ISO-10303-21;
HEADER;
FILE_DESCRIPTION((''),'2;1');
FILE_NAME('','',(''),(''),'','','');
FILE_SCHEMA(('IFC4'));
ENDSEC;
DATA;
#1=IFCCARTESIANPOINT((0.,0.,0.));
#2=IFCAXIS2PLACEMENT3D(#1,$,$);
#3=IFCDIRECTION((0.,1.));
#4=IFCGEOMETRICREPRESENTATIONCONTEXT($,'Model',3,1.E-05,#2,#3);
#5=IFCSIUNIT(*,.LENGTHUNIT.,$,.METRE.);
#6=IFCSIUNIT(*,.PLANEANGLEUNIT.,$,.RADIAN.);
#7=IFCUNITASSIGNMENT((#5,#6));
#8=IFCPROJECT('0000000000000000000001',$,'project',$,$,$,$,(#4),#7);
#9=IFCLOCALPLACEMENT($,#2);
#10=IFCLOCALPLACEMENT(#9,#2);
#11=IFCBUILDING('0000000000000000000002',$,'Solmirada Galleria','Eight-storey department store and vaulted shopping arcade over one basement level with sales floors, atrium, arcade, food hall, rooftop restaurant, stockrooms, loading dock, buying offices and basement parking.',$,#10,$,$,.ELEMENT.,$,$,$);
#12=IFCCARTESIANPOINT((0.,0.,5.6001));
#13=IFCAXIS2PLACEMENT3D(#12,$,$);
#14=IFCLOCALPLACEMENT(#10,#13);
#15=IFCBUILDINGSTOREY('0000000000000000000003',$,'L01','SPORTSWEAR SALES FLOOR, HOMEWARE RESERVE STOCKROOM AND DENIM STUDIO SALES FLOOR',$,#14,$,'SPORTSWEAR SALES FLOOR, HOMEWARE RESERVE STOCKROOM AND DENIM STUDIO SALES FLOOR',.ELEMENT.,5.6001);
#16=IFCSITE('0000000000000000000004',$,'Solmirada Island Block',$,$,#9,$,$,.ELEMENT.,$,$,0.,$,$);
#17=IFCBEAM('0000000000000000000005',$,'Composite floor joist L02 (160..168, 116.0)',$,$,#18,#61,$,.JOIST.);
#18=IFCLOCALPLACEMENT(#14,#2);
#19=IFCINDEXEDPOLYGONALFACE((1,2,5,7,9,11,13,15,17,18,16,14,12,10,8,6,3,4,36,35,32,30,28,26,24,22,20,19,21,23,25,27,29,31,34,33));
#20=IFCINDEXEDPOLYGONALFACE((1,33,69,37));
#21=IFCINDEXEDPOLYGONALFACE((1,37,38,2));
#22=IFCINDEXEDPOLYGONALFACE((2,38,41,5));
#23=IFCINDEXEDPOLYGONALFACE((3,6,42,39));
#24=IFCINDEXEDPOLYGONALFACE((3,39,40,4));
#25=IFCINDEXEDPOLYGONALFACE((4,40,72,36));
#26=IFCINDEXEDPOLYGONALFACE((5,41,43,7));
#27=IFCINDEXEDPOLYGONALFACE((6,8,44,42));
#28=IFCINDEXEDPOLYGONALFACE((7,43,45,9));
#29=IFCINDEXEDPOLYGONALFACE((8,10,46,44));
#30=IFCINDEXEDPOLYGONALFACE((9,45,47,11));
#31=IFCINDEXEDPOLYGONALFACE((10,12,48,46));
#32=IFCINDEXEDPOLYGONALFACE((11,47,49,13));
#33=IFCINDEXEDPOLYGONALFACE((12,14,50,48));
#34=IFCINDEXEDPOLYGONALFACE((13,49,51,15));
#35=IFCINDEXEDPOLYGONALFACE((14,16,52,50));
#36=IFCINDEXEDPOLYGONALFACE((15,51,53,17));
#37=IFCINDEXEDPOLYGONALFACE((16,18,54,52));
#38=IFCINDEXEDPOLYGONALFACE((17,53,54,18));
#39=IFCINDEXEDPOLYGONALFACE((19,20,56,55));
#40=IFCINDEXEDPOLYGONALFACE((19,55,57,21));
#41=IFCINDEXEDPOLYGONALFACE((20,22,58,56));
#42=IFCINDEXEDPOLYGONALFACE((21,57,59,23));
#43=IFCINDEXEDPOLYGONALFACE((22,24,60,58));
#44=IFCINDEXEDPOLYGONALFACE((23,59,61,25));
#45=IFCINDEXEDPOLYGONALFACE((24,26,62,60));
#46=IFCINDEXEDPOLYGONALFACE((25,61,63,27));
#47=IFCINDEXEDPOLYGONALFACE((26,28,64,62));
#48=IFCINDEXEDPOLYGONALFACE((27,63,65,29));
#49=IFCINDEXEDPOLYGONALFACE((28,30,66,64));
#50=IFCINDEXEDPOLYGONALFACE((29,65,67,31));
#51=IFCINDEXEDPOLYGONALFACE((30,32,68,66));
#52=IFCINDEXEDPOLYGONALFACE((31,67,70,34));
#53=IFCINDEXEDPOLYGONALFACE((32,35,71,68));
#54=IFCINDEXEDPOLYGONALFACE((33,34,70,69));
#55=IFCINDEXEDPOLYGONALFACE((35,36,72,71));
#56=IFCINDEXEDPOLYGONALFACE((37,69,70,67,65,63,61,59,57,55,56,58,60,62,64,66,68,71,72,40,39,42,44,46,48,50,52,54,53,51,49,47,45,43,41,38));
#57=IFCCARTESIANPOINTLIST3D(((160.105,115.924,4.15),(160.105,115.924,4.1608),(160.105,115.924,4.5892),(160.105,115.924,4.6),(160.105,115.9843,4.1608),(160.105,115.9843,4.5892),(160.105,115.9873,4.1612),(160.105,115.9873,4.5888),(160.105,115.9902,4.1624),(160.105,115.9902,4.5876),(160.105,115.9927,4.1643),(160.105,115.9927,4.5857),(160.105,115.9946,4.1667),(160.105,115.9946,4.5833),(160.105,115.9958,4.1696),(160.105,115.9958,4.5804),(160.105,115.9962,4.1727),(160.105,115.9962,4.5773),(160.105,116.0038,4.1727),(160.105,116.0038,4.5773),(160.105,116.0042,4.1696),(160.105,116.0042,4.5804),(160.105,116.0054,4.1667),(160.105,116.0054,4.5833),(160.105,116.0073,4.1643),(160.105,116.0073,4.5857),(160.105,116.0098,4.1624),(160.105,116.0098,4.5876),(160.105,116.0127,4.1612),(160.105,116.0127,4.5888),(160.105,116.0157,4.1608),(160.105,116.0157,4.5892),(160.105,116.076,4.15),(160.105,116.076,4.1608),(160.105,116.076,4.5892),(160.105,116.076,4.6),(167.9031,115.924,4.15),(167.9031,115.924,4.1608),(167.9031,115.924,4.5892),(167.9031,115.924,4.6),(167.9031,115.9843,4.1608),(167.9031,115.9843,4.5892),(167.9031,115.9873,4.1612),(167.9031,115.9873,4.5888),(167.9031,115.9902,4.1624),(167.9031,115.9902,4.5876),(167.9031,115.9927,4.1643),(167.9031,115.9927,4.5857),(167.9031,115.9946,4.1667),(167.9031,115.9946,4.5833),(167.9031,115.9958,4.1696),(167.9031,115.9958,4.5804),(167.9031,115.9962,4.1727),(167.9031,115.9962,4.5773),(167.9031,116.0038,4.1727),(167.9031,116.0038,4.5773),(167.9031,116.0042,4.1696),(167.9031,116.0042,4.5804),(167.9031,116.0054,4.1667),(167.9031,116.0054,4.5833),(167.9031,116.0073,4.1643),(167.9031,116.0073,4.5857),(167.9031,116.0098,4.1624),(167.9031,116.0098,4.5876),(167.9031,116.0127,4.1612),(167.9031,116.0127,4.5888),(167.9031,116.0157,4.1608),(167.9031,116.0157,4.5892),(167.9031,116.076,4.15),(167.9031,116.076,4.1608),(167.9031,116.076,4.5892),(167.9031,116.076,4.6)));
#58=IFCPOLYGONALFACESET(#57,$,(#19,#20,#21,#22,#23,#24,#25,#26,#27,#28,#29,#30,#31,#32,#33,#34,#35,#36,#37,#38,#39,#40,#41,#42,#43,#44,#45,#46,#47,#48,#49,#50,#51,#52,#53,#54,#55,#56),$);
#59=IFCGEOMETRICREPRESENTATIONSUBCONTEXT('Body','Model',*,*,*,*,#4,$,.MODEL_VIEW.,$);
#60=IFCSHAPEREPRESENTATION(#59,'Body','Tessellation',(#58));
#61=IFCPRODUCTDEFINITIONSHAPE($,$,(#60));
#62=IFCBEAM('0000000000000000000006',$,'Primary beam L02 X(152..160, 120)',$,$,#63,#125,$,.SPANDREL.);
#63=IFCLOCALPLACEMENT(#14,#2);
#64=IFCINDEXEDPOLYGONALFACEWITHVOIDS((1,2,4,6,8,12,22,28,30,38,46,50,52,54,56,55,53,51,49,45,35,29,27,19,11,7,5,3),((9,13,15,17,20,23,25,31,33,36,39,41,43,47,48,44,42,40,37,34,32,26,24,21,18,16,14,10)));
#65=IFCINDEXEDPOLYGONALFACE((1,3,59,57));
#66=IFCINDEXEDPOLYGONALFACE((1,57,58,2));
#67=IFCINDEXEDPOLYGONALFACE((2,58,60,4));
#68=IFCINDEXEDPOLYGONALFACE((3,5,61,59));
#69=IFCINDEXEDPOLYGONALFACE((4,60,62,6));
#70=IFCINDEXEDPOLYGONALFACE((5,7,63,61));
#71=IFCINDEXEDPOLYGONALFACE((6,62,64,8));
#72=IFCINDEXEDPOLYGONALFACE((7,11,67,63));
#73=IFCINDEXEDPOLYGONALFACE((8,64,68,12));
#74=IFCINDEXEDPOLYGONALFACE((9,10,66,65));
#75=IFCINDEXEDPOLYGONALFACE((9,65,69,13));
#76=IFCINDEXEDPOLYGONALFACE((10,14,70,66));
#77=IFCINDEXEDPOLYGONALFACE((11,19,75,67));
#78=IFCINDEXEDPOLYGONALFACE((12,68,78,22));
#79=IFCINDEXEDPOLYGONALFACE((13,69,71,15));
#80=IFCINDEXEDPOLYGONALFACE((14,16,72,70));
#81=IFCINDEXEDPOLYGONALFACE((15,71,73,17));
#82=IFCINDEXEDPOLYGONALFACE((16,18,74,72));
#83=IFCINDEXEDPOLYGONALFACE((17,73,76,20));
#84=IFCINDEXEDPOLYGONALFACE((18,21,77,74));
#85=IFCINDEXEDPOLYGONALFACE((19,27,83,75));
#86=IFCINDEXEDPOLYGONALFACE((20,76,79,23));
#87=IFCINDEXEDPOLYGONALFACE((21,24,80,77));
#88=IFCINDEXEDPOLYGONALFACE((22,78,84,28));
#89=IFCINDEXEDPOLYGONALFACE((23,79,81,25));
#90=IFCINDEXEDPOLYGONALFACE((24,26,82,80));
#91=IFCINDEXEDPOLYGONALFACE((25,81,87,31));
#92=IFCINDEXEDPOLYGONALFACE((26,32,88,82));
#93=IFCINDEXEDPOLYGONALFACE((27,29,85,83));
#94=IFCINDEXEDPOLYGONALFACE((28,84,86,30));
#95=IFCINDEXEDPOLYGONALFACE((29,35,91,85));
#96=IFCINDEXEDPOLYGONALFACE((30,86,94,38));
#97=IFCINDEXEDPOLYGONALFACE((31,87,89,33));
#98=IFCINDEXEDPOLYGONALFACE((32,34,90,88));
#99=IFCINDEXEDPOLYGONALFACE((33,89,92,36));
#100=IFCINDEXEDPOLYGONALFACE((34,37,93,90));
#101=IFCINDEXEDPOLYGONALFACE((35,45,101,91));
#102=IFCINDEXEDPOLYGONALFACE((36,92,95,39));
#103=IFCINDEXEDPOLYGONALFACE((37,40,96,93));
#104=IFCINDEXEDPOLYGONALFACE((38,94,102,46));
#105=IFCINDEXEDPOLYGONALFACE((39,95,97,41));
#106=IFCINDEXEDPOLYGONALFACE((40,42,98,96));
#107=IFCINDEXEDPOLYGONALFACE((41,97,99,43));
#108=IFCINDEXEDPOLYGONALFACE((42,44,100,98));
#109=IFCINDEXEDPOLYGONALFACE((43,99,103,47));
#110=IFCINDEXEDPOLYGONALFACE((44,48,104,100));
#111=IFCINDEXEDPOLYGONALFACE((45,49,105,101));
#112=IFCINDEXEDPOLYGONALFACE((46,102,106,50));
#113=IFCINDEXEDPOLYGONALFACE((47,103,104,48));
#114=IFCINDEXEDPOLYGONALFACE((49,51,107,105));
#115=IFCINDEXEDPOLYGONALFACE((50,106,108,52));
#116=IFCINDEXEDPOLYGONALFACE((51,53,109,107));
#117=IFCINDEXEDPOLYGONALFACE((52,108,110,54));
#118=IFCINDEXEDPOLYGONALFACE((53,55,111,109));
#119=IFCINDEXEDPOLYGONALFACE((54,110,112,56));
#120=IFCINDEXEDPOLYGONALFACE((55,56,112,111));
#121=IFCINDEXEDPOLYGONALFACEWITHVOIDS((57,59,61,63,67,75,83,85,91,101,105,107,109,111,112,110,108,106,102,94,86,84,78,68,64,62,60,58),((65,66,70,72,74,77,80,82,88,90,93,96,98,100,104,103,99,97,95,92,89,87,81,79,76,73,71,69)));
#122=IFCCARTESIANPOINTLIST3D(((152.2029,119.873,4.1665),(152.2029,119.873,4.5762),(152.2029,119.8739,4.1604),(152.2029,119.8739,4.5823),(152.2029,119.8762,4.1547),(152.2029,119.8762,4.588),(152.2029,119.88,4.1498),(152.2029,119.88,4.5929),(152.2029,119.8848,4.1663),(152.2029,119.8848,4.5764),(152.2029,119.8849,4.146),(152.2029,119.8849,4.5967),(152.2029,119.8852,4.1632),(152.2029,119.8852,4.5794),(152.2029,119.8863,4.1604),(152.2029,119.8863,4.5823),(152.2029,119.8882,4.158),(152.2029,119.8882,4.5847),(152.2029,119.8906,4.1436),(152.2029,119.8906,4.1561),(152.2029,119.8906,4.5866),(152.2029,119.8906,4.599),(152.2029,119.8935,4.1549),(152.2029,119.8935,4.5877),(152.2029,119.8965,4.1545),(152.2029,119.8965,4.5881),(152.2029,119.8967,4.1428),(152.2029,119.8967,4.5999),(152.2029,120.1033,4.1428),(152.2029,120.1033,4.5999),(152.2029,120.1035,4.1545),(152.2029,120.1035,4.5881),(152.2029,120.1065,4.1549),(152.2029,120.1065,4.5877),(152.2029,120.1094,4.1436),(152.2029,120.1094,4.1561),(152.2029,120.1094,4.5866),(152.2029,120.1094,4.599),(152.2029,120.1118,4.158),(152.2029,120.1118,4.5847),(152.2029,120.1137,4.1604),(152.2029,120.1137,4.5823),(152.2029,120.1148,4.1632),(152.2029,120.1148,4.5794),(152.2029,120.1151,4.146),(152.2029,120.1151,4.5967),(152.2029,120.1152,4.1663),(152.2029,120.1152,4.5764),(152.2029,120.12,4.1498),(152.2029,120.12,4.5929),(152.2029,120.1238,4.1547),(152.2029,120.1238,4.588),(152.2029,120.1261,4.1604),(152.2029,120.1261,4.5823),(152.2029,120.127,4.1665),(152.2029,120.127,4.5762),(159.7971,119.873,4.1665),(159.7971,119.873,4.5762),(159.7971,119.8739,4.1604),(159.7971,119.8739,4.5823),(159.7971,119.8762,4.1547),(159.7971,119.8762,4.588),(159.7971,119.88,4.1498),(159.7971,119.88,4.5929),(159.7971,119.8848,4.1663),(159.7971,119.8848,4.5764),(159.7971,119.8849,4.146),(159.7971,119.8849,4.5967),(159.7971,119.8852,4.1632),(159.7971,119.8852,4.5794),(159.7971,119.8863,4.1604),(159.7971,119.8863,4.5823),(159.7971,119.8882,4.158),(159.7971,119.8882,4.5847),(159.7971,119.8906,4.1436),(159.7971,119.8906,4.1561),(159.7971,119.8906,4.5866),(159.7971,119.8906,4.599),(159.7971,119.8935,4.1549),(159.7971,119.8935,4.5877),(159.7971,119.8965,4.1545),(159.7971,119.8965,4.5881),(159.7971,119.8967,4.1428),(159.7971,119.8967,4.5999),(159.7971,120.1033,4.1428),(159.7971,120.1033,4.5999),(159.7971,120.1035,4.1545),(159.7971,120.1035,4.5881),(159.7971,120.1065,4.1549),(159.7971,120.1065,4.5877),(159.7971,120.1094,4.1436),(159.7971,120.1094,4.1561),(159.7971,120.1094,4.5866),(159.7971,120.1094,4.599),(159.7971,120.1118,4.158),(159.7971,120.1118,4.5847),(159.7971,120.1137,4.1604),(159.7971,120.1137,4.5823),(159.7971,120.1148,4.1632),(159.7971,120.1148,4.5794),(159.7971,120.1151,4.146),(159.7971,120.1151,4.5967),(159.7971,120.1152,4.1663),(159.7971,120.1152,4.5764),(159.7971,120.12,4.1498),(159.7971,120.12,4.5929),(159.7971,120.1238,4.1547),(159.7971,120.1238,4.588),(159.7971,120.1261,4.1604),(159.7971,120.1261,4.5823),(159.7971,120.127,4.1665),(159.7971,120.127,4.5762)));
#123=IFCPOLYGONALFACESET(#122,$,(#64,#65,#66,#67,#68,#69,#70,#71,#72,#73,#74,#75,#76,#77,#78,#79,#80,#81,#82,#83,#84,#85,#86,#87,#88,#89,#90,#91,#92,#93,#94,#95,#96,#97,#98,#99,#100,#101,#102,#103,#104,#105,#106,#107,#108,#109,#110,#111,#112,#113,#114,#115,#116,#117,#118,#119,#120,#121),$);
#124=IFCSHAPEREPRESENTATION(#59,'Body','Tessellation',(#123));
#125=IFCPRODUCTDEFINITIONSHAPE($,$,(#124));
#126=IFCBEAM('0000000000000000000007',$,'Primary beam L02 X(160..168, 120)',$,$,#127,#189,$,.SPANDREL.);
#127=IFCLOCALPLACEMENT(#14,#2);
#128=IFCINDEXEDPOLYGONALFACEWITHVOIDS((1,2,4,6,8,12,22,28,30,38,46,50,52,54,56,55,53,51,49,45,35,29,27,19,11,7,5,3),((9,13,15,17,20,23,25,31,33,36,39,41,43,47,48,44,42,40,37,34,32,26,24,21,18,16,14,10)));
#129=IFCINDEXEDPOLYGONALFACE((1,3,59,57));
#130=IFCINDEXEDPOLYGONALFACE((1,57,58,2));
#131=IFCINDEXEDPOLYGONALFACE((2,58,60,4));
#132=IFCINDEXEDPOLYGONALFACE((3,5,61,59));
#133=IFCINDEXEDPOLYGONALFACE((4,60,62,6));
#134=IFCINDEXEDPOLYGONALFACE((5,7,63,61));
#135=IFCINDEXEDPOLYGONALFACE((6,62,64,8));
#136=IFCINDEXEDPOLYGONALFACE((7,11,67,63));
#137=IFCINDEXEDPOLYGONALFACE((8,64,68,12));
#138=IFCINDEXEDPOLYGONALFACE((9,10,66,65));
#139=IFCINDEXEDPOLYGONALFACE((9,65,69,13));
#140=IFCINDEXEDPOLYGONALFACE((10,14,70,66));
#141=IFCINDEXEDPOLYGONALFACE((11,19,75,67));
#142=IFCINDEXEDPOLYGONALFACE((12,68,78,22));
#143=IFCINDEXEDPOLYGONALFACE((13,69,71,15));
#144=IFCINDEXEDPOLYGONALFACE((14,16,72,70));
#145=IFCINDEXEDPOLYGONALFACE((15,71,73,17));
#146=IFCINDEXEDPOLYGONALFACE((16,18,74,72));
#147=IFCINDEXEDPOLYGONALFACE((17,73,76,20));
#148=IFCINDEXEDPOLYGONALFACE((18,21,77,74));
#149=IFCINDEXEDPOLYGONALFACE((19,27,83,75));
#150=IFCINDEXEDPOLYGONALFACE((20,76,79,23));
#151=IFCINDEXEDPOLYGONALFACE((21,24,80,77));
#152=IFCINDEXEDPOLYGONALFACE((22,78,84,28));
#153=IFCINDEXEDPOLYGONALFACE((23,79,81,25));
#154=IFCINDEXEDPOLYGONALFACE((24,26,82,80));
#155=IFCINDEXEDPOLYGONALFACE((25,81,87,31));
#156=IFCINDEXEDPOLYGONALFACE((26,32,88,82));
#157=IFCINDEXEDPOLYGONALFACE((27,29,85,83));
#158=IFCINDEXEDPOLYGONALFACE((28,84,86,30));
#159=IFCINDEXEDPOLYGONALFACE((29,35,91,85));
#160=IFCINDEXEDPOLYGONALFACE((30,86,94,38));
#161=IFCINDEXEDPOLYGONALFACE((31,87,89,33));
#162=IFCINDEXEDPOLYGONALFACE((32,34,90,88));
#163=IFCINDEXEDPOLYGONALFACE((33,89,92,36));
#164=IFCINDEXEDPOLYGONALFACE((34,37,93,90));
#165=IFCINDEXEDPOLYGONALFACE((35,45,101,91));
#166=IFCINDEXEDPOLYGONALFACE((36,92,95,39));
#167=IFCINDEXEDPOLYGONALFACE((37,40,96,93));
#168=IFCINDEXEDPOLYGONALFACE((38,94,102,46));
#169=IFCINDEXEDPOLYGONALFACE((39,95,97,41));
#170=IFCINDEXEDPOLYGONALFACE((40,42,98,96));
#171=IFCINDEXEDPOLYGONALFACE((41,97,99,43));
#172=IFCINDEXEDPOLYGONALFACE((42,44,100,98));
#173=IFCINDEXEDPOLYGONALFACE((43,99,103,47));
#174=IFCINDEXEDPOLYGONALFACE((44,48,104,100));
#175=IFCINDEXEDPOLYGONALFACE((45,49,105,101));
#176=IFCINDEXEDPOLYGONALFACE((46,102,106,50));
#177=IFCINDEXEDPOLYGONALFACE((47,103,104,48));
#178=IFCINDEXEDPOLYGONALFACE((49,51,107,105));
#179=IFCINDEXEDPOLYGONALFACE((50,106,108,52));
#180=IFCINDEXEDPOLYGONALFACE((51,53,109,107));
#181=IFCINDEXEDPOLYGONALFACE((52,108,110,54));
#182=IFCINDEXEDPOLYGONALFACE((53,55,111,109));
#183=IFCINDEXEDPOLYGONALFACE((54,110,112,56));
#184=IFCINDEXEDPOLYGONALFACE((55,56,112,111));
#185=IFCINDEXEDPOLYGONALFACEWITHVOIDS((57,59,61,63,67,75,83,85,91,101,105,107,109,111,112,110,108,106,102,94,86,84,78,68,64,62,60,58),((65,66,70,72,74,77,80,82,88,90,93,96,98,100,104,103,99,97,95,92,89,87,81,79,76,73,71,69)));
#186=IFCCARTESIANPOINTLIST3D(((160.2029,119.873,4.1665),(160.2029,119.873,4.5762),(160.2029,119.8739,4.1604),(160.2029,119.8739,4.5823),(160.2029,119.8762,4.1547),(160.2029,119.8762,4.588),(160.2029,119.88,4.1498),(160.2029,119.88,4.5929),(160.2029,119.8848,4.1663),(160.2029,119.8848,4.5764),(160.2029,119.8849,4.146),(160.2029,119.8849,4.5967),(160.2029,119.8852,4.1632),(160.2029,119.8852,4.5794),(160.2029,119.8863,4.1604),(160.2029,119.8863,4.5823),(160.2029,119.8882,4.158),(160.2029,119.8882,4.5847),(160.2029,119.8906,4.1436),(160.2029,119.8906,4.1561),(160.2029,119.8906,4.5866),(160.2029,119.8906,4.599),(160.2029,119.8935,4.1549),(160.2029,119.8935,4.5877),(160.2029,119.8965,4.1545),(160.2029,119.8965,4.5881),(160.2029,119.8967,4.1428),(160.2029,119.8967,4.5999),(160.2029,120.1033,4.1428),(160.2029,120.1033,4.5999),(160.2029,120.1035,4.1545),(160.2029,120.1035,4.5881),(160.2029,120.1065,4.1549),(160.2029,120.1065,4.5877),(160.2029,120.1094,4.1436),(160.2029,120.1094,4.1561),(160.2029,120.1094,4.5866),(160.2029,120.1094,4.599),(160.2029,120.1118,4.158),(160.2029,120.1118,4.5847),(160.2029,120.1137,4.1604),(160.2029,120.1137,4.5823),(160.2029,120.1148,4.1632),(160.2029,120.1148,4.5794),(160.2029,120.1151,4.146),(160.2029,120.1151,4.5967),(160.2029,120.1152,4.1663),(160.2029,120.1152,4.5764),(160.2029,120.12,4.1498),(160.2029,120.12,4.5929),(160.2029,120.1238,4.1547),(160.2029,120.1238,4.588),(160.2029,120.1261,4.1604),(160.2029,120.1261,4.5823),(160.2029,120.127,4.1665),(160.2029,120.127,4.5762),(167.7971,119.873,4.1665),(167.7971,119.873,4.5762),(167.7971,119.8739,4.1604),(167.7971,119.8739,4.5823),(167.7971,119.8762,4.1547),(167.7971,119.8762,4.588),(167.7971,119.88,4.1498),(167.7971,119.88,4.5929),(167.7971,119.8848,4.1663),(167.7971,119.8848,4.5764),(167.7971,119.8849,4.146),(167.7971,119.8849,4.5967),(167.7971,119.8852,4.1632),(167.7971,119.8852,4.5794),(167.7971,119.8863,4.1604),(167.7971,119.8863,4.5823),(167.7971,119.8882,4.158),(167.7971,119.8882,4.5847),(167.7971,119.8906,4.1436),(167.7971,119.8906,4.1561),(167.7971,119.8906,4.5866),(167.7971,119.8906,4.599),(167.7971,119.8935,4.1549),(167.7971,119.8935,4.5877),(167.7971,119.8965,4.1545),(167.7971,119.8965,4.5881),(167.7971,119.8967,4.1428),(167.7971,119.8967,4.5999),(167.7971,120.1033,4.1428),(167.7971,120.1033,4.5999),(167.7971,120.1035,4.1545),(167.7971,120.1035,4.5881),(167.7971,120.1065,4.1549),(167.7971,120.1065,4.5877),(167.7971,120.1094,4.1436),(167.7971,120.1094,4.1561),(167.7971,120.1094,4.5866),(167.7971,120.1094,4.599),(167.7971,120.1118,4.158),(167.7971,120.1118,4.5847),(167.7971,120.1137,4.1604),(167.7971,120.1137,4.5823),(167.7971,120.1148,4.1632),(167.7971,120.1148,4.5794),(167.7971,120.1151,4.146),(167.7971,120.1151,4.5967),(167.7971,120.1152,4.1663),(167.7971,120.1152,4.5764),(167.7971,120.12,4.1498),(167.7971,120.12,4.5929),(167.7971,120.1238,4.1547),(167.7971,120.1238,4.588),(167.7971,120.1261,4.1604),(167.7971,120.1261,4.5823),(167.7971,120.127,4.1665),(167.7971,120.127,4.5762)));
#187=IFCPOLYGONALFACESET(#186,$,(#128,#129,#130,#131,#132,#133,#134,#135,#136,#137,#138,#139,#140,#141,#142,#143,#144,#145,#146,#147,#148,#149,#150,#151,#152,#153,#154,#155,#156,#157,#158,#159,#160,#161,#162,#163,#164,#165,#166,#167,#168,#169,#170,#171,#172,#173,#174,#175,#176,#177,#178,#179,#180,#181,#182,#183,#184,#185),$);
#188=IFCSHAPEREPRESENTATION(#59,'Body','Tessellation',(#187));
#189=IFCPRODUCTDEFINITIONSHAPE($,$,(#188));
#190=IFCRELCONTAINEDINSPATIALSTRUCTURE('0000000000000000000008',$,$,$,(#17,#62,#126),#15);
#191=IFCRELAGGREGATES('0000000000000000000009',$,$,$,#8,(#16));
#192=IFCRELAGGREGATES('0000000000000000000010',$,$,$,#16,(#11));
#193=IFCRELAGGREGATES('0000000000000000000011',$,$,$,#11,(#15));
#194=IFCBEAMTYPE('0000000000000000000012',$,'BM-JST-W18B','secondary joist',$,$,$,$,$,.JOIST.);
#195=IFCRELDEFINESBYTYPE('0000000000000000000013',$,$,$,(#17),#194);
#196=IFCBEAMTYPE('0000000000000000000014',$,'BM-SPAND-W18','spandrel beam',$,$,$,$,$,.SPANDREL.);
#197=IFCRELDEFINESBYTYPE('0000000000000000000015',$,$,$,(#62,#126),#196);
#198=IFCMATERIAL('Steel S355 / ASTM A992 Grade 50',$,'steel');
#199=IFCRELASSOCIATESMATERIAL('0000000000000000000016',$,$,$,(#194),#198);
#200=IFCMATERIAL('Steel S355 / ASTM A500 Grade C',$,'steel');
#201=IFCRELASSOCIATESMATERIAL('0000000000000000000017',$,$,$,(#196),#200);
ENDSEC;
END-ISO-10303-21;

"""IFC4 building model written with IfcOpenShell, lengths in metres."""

from ifc_helpers import new_model, si_unit, direction, frame, origin, origin_2d, place, context, subcontext, project, spatial, hollow_rectangle, i_section, extrude, material, material_profile, profile_set, type_object, element, save


model = new_model("IFC4")

# Units and contexts
model_context = context("Model", 3, precision=1e-05, world=origin(), true_north=direction((0.0, 1.0)))
body_context = subcontext(model_context, "Body", "Model", "MODEL_VIEW")
ifc_project = project(units=[si_unit("LENGTHUNIT", "METRE"), si_unit("PLANEANGLEUNIT", "RADIAN")], contexts=[model_context])

# Site, building, storey
site_placement = place(None, origin())
site = spatial("IfcSite", under=ifc_project, at=site_placement, Name="Solmirada Island Block", CompositionType="ELEMENT", RefElevation=0.0)
building_placement = place(site_placement, origin())
building = spatial("IfcBuilding", under=site, at=building_placement, Name="Solmirada Galleria", Description="Eight-storey department store and vaulted shopping arcade over one basement level with sales floors, atrium, arcade, food hall, rooftop restaurant, stockrooms, loading dock, buying offices and basement parking.", CompositionType="ELEMENT")
storey_placement = place(building_placement, frame((0.0, 0.0, 5.6001)))
storey = spatial("IfcBuildingStorey", under=building, at=storey_placement, Name="L01", Description="SPORTSWEAR SALES FLOOR, HOMEWARE RESERVE STOCKROOM AND DENIM STUDIO SALES FLOOR", LongName="SPORTSWEAR SALES FLOOR, HOMEWARE RESERVE STOCKROOM AND DENIM STUDIO SALES FLOOR", CompositionType="ELEMENT", Elevation=5.6001)

# Shared definitions
ifc_material_1 = material(Name="Steel S355 / ASTM A500 Grade C", Category="steel")

# Beams
ifc_material_2 = material(Name="Steel S355 / ASTM A992 Grade 50", Category="steel")
ifc_material_profile_1 = material_profile(ifc_material_2, i_section(OverallWidth=0.1521, OverallDepth=0.45, WebThickness=0.0076, FlangeThickness=0.0107, FilletRadius=0.012, at=origin_2d()), Name="W18X35")
ifc_profile_set_1 = profile_set([ifc_material_profile_1], Name="Steel S355 / ASTM A992 Grade 50")
beam_type_1 = type_object("IfcBeamType", Name="BM-JST-W18B", Description="secondary joist", PredefinedType="JOIST", material=ifc_profile_set_1)
for number, where, z_axis, x_axis, name in (
    (1, (160.105, 116.0, 4.375), (1.0, 0.0, 0.0), (0.0, 1.0, 0.0), "Composite floor joist L02 (160..168, 116.0)"),
):
    element("IfcBeam", number, at=place(storey_placement, frame(where, z_axis=z_axis, x_axis=x_axis)), inside=storey, type_object=beam_type_1, Name=name, PredefinedType="JOIST", context=body_context, shape_type="SweptSolid", body=[
        extrude(i_section(OverallWidth=0.1521, OverallDepth=0.45, WebThickness=0.0076, FlangeThickness=0.0107, FilletRadius=0.012, at=origin_2d()), origin(), (0.0, 0.0, 1.0), 7.7981),
    ])
ifc_material_profile_2 = material_profile(ifc_material_1, hollow_rectangle(XDim=0.2539, YDim=0.457, WallThickness=0.0117, InnerFilletRadius=0.0117, OuterFilletRadius=0.0237, at=origin_2d()), Name="HSS18X10X1/2")
ifc_profile_set_2 = profile_set([ifc_material_profile_2], Name="Steel S355 / ASTM A500 Grade C")
beam_type_2 = type_object("IfcBeamType", Name="BM-SPAND-W18", Description="spandrel beam", PredefinedType="SPANDREL", material=ifc_profile_set_2)
for number, where, z_axis, x_axis, name in (
    (2, (152.2029, 120.0, 4.3713), (1.0, 0.0, 0.0), (0.0, 1.0, 0.0), "Primary beam L02 X(152..160, 120)"),
    (3, (160.2029, 120.0, 4.3713), (1.0, 0.0, 0.0), (0.0, 1.0, 0.0), "Primary beam L02 X(160..168, 120)"),
):
    element("IfcBeam", number, at=place(storey_placement, frame(where, z_axis=z_axis, x_axis=x_axis)), inside=storey, type_object=beam_type_2, Name=name, PredefinedType="SPANDREL", context=body_context, shape_type="SweptSolid", body=[
        extrude(hollow_rectangle(XDim=0.2539, YDim=0.457, WallThickness=0.0117, InnerFilletRadius=0.0117, OuterFilletRadius=0.0237, at=origin_2d()), origin(), (0.0, 0.0, 1.0), 7.5942),
    ])

save(model, "model.ifc")
